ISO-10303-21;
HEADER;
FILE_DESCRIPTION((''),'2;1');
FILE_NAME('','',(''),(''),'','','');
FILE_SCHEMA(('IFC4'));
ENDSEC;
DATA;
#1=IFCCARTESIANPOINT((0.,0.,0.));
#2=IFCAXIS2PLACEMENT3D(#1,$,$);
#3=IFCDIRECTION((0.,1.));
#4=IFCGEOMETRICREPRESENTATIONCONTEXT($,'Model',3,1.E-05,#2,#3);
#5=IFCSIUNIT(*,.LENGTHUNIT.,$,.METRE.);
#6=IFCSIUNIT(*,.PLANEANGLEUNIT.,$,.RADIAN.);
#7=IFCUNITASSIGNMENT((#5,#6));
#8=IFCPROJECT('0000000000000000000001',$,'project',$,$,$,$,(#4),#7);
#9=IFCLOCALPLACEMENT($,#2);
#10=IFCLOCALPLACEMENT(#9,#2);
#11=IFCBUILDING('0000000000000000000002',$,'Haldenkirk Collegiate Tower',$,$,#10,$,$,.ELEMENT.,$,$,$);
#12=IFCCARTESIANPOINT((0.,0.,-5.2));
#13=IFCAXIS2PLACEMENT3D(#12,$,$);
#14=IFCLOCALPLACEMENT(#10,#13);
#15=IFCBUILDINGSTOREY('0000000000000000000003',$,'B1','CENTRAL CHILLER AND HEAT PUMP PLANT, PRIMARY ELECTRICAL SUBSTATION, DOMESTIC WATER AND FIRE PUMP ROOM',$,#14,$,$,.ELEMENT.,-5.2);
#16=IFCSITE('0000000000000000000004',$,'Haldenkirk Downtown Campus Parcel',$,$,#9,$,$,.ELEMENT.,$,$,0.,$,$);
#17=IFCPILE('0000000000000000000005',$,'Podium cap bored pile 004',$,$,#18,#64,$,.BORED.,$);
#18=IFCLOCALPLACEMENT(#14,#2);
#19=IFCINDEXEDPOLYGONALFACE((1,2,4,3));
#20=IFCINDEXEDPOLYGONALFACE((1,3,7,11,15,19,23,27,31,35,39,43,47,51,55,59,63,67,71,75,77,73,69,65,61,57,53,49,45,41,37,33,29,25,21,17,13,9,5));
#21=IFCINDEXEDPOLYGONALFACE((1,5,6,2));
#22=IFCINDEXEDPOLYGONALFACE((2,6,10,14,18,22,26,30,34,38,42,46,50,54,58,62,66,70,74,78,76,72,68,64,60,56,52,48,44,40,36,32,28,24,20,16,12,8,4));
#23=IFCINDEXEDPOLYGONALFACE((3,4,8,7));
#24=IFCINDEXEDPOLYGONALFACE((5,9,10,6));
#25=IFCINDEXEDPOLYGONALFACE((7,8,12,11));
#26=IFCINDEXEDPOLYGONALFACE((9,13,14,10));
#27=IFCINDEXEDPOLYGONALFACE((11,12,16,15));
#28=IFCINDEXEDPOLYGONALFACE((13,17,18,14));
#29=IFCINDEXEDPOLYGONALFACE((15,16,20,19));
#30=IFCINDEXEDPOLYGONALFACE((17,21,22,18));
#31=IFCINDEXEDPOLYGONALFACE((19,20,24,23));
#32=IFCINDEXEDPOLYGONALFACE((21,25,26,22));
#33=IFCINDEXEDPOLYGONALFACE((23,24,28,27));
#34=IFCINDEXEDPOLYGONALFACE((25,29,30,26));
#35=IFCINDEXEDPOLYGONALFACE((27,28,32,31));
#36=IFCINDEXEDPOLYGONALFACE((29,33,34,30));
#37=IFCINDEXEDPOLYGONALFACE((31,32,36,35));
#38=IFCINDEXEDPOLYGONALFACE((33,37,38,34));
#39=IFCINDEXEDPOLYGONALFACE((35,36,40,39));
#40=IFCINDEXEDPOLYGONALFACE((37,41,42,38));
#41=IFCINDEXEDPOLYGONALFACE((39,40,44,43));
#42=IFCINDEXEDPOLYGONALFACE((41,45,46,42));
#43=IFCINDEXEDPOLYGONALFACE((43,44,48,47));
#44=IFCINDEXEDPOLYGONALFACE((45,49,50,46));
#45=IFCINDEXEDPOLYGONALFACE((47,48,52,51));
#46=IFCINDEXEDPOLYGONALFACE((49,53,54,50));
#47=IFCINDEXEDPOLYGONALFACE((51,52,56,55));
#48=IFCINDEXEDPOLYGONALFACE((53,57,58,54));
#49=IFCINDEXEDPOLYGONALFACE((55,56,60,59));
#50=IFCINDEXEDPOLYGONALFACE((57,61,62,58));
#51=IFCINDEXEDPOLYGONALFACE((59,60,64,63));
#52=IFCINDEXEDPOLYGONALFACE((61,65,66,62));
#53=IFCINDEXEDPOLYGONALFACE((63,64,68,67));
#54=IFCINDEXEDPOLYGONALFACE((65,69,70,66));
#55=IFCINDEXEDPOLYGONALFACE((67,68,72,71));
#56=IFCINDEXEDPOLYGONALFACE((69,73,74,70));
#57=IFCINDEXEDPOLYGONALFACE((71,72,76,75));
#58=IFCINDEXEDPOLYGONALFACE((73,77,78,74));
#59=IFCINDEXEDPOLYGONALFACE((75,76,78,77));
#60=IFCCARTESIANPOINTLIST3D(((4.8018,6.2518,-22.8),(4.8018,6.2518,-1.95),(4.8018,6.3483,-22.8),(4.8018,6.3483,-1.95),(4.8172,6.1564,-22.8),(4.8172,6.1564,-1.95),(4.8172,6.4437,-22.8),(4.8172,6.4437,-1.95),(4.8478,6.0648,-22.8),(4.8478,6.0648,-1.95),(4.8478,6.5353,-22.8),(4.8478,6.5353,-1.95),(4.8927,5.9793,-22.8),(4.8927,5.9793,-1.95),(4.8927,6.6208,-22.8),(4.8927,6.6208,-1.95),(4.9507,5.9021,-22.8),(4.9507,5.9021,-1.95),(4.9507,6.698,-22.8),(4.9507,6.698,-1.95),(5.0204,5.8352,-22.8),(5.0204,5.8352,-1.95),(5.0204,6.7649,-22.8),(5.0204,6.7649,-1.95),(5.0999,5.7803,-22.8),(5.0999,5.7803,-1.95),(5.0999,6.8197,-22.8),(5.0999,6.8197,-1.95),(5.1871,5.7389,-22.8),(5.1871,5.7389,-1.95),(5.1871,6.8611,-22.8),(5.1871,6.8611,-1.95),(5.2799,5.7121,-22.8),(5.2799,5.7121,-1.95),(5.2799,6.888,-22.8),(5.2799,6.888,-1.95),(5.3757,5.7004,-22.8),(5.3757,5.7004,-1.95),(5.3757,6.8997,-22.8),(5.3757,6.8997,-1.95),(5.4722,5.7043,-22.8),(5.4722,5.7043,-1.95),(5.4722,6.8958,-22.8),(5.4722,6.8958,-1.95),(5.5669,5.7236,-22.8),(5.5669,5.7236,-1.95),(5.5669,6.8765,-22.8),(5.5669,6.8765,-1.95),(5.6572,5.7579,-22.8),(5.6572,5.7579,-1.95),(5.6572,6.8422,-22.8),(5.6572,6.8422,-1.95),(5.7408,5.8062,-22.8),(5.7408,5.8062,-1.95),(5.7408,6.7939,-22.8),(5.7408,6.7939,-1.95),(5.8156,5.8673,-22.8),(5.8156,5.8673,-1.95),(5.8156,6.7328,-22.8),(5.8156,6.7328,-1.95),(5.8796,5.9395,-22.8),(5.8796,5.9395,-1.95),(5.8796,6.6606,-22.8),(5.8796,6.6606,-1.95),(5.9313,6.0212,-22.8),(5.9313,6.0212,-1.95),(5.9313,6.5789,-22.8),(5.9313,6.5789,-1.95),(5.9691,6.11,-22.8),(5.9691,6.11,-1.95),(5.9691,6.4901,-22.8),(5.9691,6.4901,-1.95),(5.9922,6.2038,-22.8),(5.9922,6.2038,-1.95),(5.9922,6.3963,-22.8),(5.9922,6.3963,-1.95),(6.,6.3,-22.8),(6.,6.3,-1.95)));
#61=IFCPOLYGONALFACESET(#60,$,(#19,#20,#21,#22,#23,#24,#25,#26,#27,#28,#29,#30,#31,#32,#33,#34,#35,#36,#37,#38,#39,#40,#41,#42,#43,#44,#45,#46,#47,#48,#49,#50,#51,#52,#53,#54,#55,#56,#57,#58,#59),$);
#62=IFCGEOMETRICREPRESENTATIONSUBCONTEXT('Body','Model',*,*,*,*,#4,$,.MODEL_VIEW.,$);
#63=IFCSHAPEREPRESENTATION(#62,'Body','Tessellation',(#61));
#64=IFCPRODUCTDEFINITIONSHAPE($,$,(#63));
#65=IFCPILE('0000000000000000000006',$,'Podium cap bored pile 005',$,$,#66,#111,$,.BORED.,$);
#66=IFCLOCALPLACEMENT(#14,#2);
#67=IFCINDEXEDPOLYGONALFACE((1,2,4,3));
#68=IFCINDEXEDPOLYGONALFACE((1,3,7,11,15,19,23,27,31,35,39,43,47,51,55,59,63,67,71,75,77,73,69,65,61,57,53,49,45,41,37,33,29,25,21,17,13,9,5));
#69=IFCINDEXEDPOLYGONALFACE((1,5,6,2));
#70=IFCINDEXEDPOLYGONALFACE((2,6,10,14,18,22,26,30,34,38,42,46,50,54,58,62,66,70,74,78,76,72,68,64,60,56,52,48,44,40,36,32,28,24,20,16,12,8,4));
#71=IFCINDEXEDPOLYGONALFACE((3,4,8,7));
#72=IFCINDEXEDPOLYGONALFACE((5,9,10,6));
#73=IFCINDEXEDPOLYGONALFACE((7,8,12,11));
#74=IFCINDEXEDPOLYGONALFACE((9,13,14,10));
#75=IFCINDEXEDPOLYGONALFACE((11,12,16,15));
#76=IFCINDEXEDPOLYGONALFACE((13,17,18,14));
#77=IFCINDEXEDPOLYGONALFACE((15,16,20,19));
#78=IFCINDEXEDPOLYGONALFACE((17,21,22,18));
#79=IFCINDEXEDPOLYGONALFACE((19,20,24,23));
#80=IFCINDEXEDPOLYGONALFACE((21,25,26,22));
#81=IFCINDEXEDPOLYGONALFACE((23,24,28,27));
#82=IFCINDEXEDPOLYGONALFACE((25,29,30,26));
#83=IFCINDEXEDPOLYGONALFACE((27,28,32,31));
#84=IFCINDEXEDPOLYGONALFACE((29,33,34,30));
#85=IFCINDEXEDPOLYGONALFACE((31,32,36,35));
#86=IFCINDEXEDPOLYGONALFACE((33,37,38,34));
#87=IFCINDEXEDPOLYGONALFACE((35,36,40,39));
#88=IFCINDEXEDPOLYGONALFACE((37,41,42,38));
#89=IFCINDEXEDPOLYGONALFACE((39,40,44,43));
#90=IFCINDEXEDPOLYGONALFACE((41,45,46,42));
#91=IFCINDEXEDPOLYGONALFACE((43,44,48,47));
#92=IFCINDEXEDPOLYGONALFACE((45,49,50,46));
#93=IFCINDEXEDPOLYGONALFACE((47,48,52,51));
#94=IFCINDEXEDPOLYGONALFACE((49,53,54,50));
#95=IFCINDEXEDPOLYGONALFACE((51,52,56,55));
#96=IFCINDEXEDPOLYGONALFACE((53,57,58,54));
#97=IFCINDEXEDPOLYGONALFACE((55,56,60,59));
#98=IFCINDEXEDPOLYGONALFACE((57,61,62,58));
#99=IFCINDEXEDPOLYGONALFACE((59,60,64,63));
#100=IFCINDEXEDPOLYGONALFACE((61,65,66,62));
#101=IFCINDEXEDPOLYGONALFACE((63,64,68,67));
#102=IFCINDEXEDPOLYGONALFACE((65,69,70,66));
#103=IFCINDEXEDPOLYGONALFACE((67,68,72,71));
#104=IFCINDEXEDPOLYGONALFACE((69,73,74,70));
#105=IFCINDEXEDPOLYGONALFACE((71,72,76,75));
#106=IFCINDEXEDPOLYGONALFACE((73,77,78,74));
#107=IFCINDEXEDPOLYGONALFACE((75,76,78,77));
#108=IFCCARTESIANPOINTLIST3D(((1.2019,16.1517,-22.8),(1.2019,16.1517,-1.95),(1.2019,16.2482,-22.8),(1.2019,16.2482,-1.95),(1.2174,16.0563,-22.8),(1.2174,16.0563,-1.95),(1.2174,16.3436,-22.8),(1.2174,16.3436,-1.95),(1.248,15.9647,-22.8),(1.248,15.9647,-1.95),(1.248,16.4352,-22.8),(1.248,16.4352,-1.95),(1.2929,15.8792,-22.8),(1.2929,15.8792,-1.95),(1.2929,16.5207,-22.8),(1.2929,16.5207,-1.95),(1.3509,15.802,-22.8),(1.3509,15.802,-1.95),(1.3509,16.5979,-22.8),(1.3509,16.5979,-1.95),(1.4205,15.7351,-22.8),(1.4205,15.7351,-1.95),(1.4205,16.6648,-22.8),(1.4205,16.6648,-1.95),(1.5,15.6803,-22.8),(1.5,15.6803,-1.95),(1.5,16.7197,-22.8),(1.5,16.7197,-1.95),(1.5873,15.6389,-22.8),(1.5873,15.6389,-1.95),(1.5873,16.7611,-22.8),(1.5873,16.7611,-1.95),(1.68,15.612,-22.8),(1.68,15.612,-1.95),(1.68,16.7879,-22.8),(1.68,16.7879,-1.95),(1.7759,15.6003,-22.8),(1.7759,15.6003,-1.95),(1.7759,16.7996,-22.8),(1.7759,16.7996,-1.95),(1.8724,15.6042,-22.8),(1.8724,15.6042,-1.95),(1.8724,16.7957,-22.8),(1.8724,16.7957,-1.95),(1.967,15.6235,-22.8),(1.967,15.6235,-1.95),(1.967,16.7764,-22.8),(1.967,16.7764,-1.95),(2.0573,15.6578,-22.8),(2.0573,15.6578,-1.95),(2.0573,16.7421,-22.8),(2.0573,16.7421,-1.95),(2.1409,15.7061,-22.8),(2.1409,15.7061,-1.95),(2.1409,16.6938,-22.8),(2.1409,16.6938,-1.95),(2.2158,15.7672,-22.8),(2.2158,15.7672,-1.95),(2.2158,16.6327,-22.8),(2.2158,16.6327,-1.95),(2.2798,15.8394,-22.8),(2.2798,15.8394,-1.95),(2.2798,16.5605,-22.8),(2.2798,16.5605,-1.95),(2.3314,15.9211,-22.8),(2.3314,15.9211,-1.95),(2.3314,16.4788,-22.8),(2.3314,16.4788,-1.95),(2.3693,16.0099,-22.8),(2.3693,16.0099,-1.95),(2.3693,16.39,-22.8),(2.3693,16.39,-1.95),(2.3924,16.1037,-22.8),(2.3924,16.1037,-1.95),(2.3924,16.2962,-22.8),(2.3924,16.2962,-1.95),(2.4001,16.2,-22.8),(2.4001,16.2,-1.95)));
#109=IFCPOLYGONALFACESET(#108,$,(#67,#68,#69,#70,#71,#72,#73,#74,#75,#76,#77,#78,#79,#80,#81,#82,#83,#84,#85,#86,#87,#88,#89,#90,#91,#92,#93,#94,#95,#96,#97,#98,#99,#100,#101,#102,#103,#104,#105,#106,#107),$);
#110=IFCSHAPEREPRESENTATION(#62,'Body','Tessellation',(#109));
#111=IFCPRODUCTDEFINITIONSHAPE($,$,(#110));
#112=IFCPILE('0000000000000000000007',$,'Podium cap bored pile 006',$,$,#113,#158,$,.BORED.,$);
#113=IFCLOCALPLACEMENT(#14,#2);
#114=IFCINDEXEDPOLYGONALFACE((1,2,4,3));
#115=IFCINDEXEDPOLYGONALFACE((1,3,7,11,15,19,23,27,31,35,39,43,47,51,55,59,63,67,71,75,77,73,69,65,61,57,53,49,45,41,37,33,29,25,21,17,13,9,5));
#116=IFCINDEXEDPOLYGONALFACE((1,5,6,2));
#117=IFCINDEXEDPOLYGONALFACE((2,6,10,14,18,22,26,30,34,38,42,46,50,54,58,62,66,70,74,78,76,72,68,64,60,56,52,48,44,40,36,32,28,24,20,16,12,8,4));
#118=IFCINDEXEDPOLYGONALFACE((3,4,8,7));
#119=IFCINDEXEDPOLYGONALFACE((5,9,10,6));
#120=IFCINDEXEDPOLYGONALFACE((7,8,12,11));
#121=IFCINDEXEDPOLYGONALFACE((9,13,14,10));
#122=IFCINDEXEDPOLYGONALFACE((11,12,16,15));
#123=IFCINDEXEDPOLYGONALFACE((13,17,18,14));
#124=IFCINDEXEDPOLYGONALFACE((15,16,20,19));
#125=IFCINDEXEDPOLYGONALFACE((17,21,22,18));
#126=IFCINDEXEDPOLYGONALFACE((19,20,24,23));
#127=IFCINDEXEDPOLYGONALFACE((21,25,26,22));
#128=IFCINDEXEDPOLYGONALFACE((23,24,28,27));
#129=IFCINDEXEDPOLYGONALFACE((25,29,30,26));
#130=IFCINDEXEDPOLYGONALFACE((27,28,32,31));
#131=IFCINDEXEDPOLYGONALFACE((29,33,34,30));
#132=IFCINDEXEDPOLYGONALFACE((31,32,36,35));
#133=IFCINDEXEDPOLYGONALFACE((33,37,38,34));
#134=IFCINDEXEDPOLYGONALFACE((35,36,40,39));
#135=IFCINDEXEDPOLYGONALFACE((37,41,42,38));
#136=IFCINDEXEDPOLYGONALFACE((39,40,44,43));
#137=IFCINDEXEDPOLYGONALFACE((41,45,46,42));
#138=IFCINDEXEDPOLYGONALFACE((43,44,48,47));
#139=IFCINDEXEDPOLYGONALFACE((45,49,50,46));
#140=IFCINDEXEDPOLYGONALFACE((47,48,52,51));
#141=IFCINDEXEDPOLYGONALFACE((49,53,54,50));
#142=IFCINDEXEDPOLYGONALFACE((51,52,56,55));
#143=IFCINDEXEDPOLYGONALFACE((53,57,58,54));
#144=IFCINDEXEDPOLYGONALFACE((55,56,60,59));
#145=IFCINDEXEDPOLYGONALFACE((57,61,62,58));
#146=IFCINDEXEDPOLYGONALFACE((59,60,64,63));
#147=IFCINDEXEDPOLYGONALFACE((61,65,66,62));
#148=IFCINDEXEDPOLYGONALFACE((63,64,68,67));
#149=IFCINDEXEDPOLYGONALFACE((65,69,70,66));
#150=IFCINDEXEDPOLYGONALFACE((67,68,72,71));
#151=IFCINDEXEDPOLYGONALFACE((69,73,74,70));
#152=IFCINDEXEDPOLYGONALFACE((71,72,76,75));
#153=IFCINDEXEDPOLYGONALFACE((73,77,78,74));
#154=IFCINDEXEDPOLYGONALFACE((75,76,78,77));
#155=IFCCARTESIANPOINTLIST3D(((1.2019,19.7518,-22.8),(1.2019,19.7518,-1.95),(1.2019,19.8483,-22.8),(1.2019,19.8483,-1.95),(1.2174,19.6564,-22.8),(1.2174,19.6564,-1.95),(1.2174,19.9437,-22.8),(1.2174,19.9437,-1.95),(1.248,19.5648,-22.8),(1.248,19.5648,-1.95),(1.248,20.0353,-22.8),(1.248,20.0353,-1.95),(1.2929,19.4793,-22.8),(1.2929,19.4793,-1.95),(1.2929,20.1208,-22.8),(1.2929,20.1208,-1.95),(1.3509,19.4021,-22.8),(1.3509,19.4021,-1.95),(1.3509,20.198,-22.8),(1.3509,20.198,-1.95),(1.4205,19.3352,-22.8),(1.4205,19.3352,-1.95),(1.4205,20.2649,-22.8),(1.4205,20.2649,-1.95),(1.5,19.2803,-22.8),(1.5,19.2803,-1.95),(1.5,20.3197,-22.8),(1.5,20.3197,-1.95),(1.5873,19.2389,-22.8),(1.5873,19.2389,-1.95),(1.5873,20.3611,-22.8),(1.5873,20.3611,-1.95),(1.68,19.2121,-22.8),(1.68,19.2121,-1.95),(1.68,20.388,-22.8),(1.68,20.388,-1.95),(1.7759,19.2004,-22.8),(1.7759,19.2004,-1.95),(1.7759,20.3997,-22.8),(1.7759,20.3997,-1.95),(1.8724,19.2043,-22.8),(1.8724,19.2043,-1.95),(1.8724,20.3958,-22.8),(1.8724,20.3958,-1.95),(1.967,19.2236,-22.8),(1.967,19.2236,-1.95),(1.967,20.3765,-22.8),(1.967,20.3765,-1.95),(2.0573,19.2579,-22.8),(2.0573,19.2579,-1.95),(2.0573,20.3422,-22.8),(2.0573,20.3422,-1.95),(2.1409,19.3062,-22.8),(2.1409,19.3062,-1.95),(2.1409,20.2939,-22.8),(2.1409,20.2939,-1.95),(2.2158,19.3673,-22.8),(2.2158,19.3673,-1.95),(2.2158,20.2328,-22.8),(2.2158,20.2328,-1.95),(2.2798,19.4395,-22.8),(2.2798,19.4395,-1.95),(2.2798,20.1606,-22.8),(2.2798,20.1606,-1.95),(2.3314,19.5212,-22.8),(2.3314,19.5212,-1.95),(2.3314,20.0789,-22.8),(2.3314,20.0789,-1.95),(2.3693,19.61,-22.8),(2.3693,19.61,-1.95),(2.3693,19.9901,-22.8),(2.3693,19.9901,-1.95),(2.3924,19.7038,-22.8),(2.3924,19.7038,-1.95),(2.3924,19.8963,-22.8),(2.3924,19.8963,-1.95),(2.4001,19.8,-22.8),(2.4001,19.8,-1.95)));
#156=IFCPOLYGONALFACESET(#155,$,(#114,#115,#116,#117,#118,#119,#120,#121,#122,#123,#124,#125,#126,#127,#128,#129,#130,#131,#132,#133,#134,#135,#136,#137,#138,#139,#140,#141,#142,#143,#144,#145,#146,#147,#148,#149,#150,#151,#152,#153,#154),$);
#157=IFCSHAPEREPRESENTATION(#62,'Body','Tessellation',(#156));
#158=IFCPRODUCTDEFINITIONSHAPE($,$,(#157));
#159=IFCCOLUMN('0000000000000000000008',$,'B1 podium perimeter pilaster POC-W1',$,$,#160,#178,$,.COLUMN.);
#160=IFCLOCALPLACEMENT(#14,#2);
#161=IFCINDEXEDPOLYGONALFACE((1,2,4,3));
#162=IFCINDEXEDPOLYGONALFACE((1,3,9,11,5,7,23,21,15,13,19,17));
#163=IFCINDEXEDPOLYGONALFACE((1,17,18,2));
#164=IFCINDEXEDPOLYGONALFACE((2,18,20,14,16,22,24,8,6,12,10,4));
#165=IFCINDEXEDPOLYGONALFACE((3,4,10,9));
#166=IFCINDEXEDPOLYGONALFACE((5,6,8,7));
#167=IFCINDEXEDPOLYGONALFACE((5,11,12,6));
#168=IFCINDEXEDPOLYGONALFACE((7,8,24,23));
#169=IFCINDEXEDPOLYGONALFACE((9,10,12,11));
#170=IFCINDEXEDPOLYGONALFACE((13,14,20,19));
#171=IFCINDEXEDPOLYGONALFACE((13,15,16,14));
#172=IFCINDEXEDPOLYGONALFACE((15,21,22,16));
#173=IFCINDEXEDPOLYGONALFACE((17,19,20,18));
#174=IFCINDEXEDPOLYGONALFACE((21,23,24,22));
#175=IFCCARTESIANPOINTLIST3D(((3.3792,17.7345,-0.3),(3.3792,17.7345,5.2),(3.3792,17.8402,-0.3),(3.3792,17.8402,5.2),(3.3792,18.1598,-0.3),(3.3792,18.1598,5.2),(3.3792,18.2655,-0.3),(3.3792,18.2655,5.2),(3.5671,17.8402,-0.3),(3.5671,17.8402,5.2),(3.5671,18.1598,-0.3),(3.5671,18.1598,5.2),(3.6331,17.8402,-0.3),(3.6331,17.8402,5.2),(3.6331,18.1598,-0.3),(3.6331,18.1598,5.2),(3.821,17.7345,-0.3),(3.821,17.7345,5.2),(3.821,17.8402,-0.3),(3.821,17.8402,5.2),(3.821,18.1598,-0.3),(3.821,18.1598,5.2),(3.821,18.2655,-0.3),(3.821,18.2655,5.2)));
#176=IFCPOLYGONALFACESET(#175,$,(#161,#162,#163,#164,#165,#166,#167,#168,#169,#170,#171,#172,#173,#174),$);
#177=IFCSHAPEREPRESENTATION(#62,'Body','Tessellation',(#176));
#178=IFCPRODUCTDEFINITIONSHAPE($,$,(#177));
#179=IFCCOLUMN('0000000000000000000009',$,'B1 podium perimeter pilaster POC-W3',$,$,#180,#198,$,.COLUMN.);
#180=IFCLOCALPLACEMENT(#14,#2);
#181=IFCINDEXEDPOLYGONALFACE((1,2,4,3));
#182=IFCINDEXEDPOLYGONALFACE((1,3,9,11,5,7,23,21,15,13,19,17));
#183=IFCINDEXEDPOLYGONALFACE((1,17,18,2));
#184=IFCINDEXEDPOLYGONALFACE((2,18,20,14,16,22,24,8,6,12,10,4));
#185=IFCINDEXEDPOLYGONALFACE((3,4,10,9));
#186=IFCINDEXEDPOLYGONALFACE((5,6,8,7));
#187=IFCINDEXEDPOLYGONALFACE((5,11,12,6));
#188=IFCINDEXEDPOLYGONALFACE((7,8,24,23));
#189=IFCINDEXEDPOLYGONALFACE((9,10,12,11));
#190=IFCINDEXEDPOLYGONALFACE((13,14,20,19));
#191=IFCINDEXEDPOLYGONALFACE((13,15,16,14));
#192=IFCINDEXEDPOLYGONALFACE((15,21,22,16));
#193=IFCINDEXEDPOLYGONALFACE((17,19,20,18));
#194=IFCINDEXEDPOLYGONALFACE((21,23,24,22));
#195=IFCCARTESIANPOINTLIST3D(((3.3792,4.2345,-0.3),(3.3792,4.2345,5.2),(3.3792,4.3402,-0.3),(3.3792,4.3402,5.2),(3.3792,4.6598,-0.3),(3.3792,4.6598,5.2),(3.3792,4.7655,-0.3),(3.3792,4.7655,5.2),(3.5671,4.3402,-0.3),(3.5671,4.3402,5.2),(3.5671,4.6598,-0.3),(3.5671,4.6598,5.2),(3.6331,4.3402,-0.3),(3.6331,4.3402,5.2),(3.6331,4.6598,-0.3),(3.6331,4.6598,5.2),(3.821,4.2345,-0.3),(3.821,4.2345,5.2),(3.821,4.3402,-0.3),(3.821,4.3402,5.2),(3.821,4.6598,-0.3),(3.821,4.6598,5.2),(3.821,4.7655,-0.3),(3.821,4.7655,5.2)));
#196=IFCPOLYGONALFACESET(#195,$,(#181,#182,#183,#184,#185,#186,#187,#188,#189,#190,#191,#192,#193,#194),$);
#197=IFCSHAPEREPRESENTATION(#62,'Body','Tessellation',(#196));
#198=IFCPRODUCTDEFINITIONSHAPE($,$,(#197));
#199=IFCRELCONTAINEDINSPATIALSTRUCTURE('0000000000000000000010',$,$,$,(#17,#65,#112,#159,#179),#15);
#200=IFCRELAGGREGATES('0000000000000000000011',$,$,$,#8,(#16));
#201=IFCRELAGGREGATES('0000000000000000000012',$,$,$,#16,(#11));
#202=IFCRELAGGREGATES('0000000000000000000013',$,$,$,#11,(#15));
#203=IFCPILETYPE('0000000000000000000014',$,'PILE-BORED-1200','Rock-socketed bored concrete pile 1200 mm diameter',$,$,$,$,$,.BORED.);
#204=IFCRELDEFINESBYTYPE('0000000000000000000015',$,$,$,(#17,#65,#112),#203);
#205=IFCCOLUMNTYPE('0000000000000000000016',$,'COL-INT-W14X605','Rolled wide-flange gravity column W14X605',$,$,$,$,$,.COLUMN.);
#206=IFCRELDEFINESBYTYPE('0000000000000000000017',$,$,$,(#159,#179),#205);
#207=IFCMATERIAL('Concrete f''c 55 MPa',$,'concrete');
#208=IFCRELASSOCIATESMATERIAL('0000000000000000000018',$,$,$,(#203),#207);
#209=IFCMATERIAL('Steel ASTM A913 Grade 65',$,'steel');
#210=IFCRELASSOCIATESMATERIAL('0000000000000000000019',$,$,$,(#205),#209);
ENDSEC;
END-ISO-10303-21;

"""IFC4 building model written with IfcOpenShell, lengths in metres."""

from ifc_helpers import new_model, si_unit, direction, frame, origin, origin_2d, place, context, subcontext, project, spatial, circle, i_section, extrude, material, material_profile, profile_set, type_object, element, save


model = new_model("IFC4")

# Units and contexts
model_context = context("Model", 3, precision=1e-05, world=origin(), true_north=direction((0.0, 1.0)))
body_context = subcontext(model_context, "Body", "Model", "MODEL_VIEW")
ifc_project = project(units=[si_unit("LENGTHUNIT", "METRE"), si_unit("PLANEANGLEUNIT", "RADIAN")], contexts=[model_context])

# Site, building, storey
site_placement = place(None, origin())
site = spatial("IfcSite", under=ifc_project, at=site_placement, Name="Haldenkirk Downtown Campus Parcel", CompositionType="ELEMENT", RefElevation=0.0)
building_placement = place(site_placement, origin())
building = spatial("IfcBuilding", under=site, at=building_placement, Name="Haldenkirk Collegiate Tower", CompositionType="ELEMENT")
storey_placement = place(building_placement, frame((0.0, 0.0, -5.2)))
storey = spatial("IfcBuildingStorey", under=building, at=storey_placement, Name="B1", Description="CENTRAL CHILLER AND HEAT PUMP PLANT, PRIMARY ELECTRICAL SUBSTATION, DOMESTIC WATER AND FIRE PUMP ROOM", CompositionType="ELEMENT", Elevation=-5.2)

# Shared definitions
ifc_material_1 = material(Name="Concrete f'c 55 MPa", Category="concrete")

# Piles
ifc_material_profile_1 = material_profile(ifc_material_1, circle(Radius=0.6001, at=origin_2d()), Name="PILE1200")
ifc_profile_set_1 = profile_set([ifc_material_profile_1], Name="Concrete f'c 55 MPa")
pile_type = type_object("IfcPileType", Name="PILE-BORED-1200", Description="Rock-socketed bored concrete pile 1200 mm diameter", PredefinedType="BORED", material=ifc_profile_set_1)
for number, where, z_axis, x_axis, name in (
    (1, (5.3999, 6.3, -1.95), (0.0, 0.0, -1.0), (1.0, 0.0, 0.0), "Podium cap bored pile 004"),
    (2, (1.8, 16.2, -1.95), (0.0, 0.0, -1.0), (1.0, 0.0, 0.0), "Podium cap bored pile 005"),
    (3, (1.8, 19.8, -1.95), (0.0, 0.0, -1.0), (1.0, 0.0, 0.0), "Podium cap bored pile 006"),
):
    element("IfcPile", number, at=place(storey_placement, frame(where, z_axis=z_axis, x_axis=x_axis)), inside=storey, type_object=pile_type, Name=name, PredefinedType="BORED", context=body_context, shape_type="SweptSolid", body=[
        extrude(circle(Radius=0.6001, at=origin_2d()), origin(), (0.0, 0.0, 1.0), 20.8501),
    ])

# Columns
ifc_material_2 = material(Name="Steel ASTM A913 Grade 65", Category="steel")
ifc_material_profile_2 = material_profile(ifc_material_2, i_section(OverallWidth=0.4419, OverallDepth=0.531, WebThickness=0.0659, FlangeThickness=0.1057, at=origin_2d()), Name="W14X605")
ifc_profile_set_2 = profile_set([ifc_material_profile_2], Name="Steel ASTM A913 Grade 65")
column_type = type_object("IfcColumnType", Name="COL-INT-W14X605", Description="Rolled wide-flange gravity column W14X605", PredefinedType="COLUMN", material=ifc_profile_set_2)
for number, where, z_axis, x_axis, name in (
    (4, (3.6001, 18.0, -0.3), (0.0, 0.0, 1.0), (1.0, 0.0, 0.0), "B1 podium perimeter pilaster POC-W1"),
    (5, (3.6001, 4.5, -0.3), (0.0, 0.0, 1.0), (1.0, 0.0, 0.0), "B1 podium perimeter pilaster POC-W3"),
):
    element("IfcColumn", number, at=place(storey_placement, frame(where, z_axis=z_axis, x_axis=x_axis)), inside=storey, type_object=column_type, Name=name, PredefinedType="COLUMN", context=body_context, shape_type="SweptSolid", body=[
        extrude(i_section(OverallWidth=0.4419, OverallDepth=0.531, WebThickness=0.0659, FlangeThickness=0.1057, at=origin_2d()), origin(), (0.0, 0.0, 1.0), 5.5),
    ])

save(model, "model.ifc")
